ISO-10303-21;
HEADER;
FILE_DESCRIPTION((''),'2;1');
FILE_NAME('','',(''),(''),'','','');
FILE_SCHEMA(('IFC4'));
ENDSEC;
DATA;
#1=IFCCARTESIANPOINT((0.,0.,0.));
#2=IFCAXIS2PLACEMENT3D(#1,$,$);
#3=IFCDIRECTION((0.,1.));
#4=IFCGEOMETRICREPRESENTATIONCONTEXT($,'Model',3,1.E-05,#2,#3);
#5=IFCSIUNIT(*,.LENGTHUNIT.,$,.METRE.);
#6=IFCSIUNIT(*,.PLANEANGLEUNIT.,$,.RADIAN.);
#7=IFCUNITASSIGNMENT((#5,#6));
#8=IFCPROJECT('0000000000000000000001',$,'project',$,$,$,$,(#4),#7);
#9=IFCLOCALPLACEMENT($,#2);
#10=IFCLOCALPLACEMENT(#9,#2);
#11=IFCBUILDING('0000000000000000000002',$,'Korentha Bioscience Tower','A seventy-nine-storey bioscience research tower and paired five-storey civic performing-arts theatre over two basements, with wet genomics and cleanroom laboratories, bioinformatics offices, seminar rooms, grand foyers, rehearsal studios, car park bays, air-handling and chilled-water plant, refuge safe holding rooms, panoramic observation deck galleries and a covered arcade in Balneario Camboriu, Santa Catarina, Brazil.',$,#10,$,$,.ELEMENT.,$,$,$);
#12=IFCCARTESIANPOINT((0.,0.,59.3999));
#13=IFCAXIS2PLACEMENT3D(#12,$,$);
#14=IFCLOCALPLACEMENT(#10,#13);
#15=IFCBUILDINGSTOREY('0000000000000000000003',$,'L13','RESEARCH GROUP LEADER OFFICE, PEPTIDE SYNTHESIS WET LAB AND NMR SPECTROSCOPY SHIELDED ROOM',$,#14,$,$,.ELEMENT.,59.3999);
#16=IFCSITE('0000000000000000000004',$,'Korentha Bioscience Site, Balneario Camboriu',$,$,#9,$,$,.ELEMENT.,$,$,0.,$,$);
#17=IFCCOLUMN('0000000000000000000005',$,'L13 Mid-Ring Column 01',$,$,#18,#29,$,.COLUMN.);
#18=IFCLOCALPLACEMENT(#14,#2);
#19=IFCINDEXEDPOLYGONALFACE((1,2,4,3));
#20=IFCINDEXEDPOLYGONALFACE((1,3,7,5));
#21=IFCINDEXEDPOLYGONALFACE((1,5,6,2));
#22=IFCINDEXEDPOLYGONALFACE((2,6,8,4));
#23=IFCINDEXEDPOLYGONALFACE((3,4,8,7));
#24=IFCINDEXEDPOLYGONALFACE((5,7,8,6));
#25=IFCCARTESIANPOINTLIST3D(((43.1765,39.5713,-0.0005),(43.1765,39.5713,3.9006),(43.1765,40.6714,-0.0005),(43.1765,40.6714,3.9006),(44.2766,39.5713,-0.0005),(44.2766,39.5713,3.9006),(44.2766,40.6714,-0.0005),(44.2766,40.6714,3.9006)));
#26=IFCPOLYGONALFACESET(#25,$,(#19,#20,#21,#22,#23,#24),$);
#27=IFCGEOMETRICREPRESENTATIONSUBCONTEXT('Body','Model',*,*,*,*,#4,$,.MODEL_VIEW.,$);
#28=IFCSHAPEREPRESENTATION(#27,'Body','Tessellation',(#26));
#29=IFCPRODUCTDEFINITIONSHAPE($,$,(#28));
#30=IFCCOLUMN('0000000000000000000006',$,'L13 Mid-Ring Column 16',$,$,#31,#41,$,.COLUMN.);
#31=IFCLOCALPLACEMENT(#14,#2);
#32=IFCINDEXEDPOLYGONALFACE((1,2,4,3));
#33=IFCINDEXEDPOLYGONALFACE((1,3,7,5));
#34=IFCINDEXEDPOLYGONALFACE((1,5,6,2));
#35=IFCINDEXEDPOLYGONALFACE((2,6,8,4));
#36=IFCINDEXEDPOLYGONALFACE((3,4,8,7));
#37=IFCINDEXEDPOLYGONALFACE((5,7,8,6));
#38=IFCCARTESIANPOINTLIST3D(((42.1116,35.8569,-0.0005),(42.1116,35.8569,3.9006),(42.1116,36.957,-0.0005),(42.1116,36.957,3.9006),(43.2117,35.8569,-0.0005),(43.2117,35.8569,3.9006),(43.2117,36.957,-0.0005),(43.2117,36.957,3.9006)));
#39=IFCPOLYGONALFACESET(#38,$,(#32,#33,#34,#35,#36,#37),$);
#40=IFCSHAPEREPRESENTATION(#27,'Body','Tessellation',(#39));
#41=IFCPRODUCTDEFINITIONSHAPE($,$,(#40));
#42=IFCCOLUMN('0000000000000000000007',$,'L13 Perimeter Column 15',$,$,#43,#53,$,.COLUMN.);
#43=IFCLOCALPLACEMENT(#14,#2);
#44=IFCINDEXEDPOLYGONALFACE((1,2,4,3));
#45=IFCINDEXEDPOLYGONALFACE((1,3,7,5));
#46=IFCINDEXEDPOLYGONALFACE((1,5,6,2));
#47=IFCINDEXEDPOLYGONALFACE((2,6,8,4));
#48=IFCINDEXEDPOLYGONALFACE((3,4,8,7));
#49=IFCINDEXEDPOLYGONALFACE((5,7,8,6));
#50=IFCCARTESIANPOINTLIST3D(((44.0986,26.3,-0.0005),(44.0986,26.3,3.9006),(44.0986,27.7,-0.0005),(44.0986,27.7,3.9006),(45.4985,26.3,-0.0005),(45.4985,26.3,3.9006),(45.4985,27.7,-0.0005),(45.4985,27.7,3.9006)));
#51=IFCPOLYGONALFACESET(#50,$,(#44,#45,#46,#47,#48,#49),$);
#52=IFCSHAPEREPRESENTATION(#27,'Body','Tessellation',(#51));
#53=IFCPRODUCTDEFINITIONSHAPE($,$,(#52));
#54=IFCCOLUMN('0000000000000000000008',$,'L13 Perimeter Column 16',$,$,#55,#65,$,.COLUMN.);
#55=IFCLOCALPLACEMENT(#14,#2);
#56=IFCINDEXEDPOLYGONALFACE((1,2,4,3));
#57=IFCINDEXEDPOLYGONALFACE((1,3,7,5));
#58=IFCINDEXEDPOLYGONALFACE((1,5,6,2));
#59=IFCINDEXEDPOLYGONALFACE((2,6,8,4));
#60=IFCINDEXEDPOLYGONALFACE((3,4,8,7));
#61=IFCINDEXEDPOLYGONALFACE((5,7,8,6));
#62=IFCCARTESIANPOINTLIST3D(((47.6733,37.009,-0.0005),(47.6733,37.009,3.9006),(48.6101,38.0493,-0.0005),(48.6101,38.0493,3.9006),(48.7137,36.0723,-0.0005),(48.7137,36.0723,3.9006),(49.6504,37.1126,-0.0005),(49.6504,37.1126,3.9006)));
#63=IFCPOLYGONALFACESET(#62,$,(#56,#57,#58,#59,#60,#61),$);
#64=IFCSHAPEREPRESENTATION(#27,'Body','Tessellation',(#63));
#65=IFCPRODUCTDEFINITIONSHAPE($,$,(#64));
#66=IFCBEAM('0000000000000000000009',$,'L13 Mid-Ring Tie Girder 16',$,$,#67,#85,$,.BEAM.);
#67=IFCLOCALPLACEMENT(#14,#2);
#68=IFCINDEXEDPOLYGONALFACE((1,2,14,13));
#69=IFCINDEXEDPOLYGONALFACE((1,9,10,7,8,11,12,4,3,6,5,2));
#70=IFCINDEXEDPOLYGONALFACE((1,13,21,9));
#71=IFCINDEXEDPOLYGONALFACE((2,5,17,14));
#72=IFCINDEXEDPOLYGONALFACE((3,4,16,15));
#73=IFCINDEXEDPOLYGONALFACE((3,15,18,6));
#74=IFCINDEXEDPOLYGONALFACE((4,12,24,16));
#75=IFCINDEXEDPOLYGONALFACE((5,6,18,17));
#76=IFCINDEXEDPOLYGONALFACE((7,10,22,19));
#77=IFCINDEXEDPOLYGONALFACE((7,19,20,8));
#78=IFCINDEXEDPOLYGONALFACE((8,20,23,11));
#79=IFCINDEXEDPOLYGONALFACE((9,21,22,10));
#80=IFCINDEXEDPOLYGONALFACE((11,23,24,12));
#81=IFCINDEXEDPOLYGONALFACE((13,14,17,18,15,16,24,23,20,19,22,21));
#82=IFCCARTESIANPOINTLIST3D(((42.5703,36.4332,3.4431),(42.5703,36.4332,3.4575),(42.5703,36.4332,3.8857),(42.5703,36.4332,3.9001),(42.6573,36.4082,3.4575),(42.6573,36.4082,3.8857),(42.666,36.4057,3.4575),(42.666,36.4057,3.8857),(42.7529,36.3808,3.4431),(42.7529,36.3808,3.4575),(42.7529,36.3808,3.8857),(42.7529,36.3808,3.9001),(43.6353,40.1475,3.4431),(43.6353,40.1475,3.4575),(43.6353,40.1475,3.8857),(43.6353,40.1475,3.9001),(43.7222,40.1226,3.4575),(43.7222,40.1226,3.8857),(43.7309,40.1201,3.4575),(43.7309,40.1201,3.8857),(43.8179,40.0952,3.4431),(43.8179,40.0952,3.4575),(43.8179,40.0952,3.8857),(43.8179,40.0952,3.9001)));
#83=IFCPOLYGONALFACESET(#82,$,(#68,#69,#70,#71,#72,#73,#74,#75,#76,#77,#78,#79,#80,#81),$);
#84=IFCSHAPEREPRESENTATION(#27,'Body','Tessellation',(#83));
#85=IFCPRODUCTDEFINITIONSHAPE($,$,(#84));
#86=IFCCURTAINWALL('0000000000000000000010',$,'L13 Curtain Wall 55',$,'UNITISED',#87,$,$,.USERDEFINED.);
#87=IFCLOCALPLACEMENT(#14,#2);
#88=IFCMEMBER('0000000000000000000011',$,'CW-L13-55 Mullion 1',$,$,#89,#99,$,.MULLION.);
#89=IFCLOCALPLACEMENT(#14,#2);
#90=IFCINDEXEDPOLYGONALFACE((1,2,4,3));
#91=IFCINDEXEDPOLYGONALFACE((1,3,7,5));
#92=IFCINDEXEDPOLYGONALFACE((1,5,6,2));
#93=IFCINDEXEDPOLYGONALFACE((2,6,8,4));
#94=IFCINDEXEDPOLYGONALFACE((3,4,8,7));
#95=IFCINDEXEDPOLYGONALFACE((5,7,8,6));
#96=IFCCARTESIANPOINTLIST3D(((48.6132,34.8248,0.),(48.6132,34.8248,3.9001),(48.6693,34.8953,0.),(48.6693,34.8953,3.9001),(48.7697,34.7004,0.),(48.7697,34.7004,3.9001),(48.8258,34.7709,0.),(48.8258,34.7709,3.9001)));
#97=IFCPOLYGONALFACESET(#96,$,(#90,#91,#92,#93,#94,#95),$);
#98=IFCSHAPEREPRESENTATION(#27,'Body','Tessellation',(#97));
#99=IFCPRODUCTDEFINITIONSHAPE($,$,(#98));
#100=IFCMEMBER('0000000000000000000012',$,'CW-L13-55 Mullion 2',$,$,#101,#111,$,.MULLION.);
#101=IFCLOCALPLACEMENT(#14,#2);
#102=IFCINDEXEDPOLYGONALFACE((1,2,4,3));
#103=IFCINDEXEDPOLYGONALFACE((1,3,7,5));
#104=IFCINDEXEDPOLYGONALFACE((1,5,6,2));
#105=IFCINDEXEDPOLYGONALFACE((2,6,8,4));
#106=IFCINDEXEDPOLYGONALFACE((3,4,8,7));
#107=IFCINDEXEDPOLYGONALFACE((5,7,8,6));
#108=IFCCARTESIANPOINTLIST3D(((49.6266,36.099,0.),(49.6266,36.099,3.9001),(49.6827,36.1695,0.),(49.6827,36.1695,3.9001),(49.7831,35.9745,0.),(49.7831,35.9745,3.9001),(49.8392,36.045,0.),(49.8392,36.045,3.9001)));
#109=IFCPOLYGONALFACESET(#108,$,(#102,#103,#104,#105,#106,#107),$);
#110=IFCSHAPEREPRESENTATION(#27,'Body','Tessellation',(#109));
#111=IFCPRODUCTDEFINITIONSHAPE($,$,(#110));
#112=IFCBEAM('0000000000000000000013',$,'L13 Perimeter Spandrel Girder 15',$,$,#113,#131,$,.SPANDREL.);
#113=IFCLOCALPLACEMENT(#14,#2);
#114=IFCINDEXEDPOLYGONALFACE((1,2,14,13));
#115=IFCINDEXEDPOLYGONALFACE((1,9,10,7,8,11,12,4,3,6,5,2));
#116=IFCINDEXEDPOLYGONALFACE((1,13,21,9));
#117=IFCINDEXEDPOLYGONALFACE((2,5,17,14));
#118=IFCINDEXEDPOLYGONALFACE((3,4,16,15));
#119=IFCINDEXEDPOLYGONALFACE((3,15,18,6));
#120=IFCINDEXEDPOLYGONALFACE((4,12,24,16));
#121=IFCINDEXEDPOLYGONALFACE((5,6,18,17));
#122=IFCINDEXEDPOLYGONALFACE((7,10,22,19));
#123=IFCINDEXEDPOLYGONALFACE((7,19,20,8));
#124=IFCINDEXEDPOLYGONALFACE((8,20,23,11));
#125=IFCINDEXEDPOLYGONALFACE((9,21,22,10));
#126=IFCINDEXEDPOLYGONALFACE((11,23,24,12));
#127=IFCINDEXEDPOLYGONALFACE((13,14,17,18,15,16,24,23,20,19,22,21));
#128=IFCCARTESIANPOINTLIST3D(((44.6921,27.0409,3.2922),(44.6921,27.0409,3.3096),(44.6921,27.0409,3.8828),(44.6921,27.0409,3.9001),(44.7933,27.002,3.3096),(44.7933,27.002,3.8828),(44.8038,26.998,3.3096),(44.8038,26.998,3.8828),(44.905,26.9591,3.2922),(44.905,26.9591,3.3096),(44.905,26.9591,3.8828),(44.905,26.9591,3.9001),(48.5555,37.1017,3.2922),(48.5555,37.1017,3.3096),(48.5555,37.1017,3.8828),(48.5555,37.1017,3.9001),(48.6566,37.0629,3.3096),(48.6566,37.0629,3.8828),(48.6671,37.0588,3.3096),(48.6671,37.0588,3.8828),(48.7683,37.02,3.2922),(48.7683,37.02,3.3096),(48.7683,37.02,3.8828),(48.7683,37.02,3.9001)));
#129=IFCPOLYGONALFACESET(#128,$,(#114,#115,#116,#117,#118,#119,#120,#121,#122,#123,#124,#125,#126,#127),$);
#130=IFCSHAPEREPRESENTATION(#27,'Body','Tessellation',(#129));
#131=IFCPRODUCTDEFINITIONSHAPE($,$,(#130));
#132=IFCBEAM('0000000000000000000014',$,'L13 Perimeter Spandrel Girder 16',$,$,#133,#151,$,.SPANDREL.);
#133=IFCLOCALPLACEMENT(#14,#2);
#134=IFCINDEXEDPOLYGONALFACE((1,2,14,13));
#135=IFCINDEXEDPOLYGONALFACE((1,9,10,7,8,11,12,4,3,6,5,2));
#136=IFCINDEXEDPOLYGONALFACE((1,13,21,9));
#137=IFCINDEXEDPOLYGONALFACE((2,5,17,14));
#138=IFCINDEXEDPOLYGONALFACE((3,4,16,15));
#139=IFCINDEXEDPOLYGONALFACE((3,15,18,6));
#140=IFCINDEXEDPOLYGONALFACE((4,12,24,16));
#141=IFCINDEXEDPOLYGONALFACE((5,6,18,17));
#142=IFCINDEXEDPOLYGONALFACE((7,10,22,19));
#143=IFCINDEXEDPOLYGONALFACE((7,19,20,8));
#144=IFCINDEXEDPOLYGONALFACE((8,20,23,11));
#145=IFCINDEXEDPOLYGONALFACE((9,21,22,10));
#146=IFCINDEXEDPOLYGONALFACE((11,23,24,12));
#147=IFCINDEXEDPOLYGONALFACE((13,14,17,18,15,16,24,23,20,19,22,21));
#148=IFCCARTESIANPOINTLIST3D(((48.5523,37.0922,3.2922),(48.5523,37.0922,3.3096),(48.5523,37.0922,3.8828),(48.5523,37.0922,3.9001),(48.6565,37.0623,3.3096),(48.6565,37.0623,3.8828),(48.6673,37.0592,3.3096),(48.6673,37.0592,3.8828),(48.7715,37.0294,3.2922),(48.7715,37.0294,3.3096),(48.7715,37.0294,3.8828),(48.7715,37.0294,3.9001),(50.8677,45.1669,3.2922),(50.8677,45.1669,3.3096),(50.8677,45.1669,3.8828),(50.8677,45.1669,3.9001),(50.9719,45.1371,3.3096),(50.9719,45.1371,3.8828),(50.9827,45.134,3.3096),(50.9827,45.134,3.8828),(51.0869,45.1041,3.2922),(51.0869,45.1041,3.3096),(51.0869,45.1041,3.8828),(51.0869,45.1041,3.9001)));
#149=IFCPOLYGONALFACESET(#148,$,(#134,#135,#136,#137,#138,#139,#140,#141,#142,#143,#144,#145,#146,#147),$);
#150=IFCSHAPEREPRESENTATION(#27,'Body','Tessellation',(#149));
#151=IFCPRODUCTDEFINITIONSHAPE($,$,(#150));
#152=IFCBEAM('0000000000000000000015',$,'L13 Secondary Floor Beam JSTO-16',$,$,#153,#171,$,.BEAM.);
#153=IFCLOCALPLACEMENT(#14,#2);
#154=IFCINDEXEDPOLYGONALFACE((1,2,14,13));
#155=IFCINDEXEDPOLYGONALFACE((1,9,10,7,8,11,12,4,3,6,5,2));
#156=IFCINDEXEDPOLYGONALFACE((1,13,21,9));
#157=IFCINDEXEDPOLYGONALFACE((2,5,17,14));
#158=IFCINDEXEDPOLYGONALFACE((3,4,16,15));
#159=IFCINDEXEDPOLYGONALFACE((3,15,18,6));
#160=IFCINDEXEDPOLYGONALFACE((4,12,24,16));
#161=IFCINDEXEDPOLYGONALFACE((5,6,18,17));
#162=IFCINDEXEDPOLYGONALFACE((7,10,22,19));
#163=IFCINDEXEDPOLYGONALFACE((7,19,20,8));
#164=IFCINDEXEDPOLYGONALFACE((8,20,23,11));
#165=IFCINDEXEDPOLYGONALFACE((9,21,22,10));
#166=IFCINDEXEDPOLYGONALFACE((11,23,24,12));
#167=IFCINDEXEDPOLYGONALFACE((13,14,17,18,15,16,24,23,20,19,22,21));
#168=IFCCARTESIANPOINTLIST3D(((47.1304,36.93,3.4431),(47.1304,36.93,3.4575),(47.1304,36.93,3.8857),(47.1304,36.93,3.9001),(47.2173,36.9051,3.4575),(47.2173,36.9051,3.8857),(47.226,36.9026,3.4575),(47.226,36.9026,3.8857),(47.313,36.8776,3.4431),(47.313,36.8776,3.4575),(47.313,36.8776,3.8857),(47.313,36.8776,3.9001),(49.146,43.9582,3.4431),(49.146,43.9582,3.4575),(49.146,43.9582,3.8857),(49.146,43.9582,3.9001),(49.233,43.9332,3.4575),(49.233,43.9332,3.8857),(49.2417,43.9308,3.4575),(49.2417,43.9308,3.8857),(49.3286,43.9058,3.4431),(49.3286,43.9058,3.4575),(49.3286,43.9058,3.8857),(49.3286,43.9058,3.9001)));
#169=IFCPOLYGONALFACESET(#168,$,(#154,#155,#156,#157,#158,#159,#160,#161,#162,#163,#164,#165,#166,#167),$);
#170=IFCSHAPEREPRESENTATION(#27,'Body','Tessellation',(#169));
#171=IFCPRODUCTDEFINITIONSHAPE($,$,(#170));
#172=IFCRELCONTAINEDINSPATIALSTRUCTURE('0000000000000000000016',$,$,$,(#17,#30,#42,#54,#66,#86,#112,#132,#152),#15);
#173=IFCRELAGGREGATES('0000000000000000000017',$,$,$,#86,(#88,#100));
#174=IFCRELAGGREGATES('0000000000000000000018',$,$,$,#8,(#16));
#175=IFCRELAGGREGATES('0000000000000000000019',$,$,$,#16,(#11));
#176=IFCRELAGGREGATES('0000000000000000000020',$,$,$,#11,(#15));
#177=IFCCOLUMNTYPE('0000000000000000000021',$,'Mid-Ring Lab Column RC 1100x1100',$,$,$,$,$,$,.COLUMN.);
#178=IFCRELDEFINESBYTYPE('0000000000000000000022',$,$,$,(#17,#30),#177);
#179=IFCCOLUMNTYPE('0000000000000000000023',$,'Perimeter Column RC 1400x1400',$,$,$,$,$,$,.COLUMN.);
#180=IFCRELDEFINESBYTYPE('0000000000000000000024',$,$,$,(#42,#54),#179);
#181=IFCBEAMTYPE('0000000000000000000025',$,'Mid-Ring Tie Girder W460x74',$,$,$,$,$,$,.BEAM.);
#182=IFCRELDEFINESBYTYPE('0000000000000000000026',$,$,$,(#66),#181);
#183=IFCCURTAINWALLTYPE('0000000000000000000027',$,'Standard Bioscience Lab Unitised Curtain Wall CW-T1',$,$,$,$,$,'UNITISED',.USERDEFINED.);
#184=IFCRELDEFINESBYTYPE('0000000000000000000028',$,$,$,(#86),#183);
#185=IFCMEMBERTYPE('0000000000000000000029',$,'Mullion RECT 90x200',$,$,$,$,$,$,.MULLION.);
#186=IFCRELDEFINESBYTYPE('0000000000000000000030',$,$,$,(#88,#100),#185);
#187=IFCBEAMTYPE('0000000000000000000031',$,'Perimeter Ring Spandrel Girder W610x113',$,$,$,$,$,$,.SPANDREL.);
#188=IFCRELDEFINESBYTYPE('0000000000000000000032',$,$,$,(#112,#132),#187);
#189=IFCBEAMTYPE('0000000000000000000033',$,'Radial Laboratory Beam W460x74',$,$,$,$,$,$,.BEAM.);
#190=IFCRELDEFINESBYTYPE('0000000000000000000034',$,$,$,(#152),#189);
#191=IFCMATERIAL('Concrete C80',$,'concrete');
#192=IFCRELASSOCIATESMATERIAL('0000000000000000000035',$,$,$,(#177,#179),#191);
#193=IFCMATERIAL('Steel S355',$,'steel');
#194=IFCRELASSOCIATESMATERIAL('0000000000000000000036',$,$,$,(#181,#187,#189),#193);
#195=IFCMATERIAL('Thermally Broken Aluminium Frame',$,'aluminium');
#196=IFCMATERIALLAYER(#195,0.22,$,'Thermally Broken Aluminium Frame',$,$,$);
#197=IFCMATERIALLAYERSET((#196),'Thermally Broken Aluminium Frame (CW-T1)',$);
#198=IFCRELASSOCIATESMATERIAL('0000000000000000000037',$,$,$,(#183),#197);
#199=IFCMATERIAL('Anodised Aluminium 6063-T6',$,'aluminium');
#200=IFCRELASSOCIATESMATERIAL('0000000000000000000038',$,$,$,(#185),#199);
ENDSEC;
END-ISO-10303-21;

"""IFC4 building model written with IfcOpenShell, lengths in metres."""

from ifc_helpers import new_model, si_unit, direction, frame, origin, origin_2d, place, context, subcontext, project, spatial, rectangle, i_section, extrude, material, layer, layer_set, material_profile, profile_set, type_object, element, aggregate, save


model = new_model("IFC4")

# Units and contexts
model_context = context("Model", 3, precision=1e-05, world=origin(), true_north=direction((0.0, 1.0)))
body_context = subcontext(model_context, "Body", "Model", "MODEL_VIEW")
ifc_project = project(units=[si_unit("LENGTHUNIT", "METRE"), si_unit("PLANEANGLEUNIT", "RADIAN")], contexts=[model_context])

# Site, building, storey
site_placement = place(None, origin())
site = spatial("IfcSite", under=ifc_project, at=site_placement, Name="Korentha Bioscience Site, Balneario Camboriu", CompositionType="ELEMENT", RefElevation=0.0)
building_placement = place(site_placement, origin())
building = spatial("IfcBuilding", under=site, at=building_placement, Name="Korentha Bioscience Tower", Description="A seventy-nine-storey bioscience research tower and paired five-storey civic performing-arts theatre over two basements, with wet genomics and cleanroom laboratories, bioinformatics offices, seminar rooms, grand foyers, rehearsal studios, car park bays, air-handling and chilled-water plant, refuge safe holding rooms, panoramic observation deck galleries and a covered arcade in Balneario Camboriu, Santa Catarina, Brazil.", CompositionType="ELEMENT")
storey_placement = place(building_placement, frame((0.0, 0.0, 59.3999)))
storey = spatial("IfcBuildingStorey", under=building, at=storey_placement, Name="L13", Description="RESEARCH GROUP LEADER OFFICE, PEPTIDE SYNTHESIS WET LAB AND NMR SPECTROSCOPY SHIELDED ROOM", CompositionType="ELEMENT", Elevation=59.3999)

# Columns
ifc_material_1 = material(Name="Concrete C80", Category="concrete")
ifc_material_profile_1 = material_profile(ifc_material_1, rectangle(XDim=1.1001, YDim=1.1001, at=origin_2d()), Name="Concrete C80")
ifc_profile_set_1 = profile_set([ifc_material_profile_1], Name="Concrete C80 (COL-MR11)")
column_type_1 = type_object("IfcColumnType", Name="Mid-Ring Lab Column RC 1100x1100", PredefinedType="COLUMN", material=ifc_profile_set_1)
for number, where, z_axis, x_axis, name in (
    (1, (43.7266, 40.1213, -0.0005), (0.0, 0.0, 1.0), (1.0, 0.0, 0.0), "L13 Mid-Ring Column 01"),
    (2, (42.6616, 36.407, -0.0005), (0.0, 0.0, 1.0), (1.0, 0.0, 0.0), "L13 Mid-Ring Column 16"),
):
    element("IfcColumn", number, at=place(storey_placement, frame(where, z_axis=z_axis, x_axis=x_axis)), inside=storey, type_object=column_type_1, Name=name, PredefinedType="COLUMN", context=body_context, shape_type="SweptSolid", body=[
        extrude(rectangle(XDim=1.1001, YDim=1.1001, at=origin_2d()), origin(), (0.0, 0.0, 1.0), 3.9011),
    ])
ifc_material_profile_2 = material_profile(ifc_material_1, rectangle(XDim=1.3999, YDim=1.3999, at=origin_2d()), Name="Concrete C80")
ifc_profile_set_2 = profile_set([ifc_material_profile_2], Name="Concrete C80 (COL-P14)")
column_type_2 = type_object("IfcColumnType", Name="Perimeter Column RC 1400x1400", PredefinedType="COLUMN", material=ifc_profile_set_2)
for number, where, z_axis, x_axis, name in (
    (3, (44.7986, 27.0, -0.0005), (0.0, 0.0, 1.0), (0.0, 1.0, 0.0), "L13 Perimeter Column 15"),
    (4, (48.6619, 37.0608, -0.0005), (0.0, 0.0, 1.0), (0.669131, 0.743145, 0.0), "L13 Perimeter Column 16"),
):
    element("IfcColumn", number, at=place(storey_placement, frame(where, z_axis=z_axis, x_axis=x_axis)), inside=storey, type_object=column_type_2, Name=name, PredefinedType="COLUMN", context=body_context, shape_type="SweptSolid", body=[
        extrude(rectangle(XDim=1.3999, YDim=1.3999, at=origin_2d()), origin(), (0.0, 0.0, 1.0), 3.9011),
    ])

# Beam
ifc_material_2 = material(Name="Steel S355", Category="steel")
ifc_material_profile_3 = material_profile(ifc_material_2, i_section(OverallWidth=0.1899, OverallDepth=0.457, WebThickness=0.009, FlangeThickness=0.0144, at=origin_2d()), Name="Steel S355")
ifc_profile_set_3 = profile_set([ifc_material_profile_3], Name="Steel S355 (MB-460)")
beam_type_1 = type_object("IfcBeamType", Name="Mid-Ring Tie Girder W460x74", PredefinedType="BEAM", material=ifc_profile_set_3)
beam_1_placement = place(storey_placement, frame((42.6616, 36.407, 3.6716), z_axis=(0.275606, 0.961271, 0.0), x_axis=(-0.961271, 0.275606, 0.0)))
element("IfcBeam", 5, at=beam_1_placement, inside=storey, type_object=beam_type_1, Name="L13 Mid-Ring Tie Girder 16", PredefinedType="BEAM", context=body_context, shape_type="SweptSolid", body=[
    extrude(i_section(OverallWidth=0.1899, OverallDepth=0.457, WebThickness=0.009, FlangeThickness=0.0144, at=origin_2d()), origin(), (0.0, 0.0, 1.0), 3.864),
])

# Curtain wall, members
ifc_material_3 = material(Name="Thermally Broken Aluminium Frame", Category="aluminium")
ifc_layer_1 = layer(ifc_material_3, 0.22, Name="Thermally Broken Aluminium Frame")
ifc_layer_set_1 = layer_set([ifc_layer_1], Name="Thermally Broken Aluminium Frame (CW-T1)")
curtain_wall_type = type_object("IfcCurtainWallType", Name="Standard Bioscience Lab Unitised Curtain Wall CW-T1", ElementType="UNITISED", PredefinedType="USERDEFINED", material=ifc_layer_set_1)
curtain_wall_placement = place(storey_placement, origin())
curtain_wall = element("IfcCurtainWall", 6, at=curtain_wall_placement, inside=storey, type_object=curtain_wall_type, Name="L13 Curtain Wall 55", ObjectType="UNITISED", PredefinedType="USERDEFINED")
ifc_material_4 = material(Name="Anodised Aluminium 6063-T6", Category="aluminium")
ifc_material_profile_4 = material_profile(ifc_material_4, rectangle(XDim=0.0901, YDim=0.2, at=origin_2d()), Name="Anodised Aluminium 6063-T6")
ifc_profile_set_4 = profile_set([ifc_material_profile_4], Name="Anodised Aluminium 6063-T6 (CW-MUL)")
member_type_1 = type_object("IfcMemberType", Name="Mullion RECT 90x200", PredefinedType="MULLION", material=ifc_profile_set_4)
member_1_placement = place(storey_placement, frame((48.7195, 34.7979, 0.0), z_axis=(0.0, 0.0, 1.0), x_axis=(0.62252, 0.782604, 0.0)))
member_1 = element("IfcMember", 7, at=member_1_placement, type_object=member_type_1, Name="CW-L13-55 Mullion 1", PredefinedType="MULLION", context=body_context, shape_type="SweptSolid", body=[
    extrude(rectangle(XDim=0.0901, YDim=0.2, at=origin_2d()), origin(), (0.0, 0.0, 1.0), 3.9001),
])
member_2_placement = place(storey_placement, frame((49.7329, 36.072, 0.0), z_axis=(0.0, 0.0, 1.0), x_axis=(0.62252, 0.782604, 0.0)))
member_2 = element("IfcMember", 8, at=member_2_placement, type_object=member_type_1, Name="CW-L13-55 Mullion 2", PredefinedType="MULLION", context=body_context, shape_type="SweptSolid", body=[
    extrude(rectangle(XDim=0.0901, YDim=0.2, at=origin_2d()), origin(), (0.0, 0.0, 1.0), 3.9001),
])

# Beams
ifc_material_profile_5 = material_profile(ifc_material_2, i_section(OverallWidth=0.228, OverallDepth=0.6079, WebThickness=0.0112, FlangeThickness=0.0173, at=origin_2d()), Name="Steel S355")
ifc_profile_set_5 = profile_set([ifc_material_profile_5], Name="Steel S355 (SB-610)")
beam_type_2 = type_object("IfcBeamType", Name="Perimeter Ring Spandrel Girder W610x113", PredefinedType="SPANDREL", material=ifc_profile_set_5)
beam_2_placement = place(storey_placement, frame((44.7986, 27.0, 3.5962), z_axis=(0.358474, 0.93354, 0.0), x_axis=(-0.93354, 0.358474, 0.0)))
element("IfcBeam", 9, at=beam_2_placement, inside=storey, type_object=beam_type_2, Name="L13 Perimeter Spandrel Girder 15", PredefinedType="SPANDREL", context=body_context, shape_type="SweptSolid", body=[
    extrude(i_section(OverallWidth=0.228, OverallDepth=0.6079, WebThickness=0.0112, FlangeThickness=0.0173, at=origin_2d()), origin(), (0.0, 0.0, 1.0), 10.7771),
])
beam_3_placement = place(storey_placement, frame((48.6619, 37.0608, 3.5962), z_axis=(0.275642, 0.96126, 0.0), x_axis=(-0.96126, 0.275642, 0.0)))
element("IfcBeam", 10, at=beam_3_placement, inside=storey, type_object=beam_type_2, Name="L13 Perimeter Spandrel Girder 16", PredefinedType="SPANDREL", context=body_context, shape_type="SweptSolid", body=[
    extrude(i_section(OverallWidth=0.228, OverallDepth=0.6079, WebThickness=0.0112, FlangeThickness=0.0173, at=origin_2d()), origin(), (0.0, 0.0, 1.0), 8.4001),
])
ifc_material_profile_6 = material_profile(ifc_material_2, i_section(OverallWidth=0.1899, OverallDepth=0.457, WebThickness=0.009, FlangeThickness=0.0144, at=origin_2d()), Name="Steel S355")
ifc_profile_set_6 = profile_set([ifc_material_profile_6], Name="Steel S355 (RB-460)")
beam_type_3 = type_object("IfcBeamType", Name="Radial Laboratory Beam W460x74", PredefinedType="BEAM", material=ifc_profile_set_6)
beam_4_placement = place(storey_placement, frame((47.2217, 36.9038, 3.6716), z_axis=(0.275682, 0.961249, 0.0), x_axis=(-0.961249, 0.275682, 0.0)))
element("IfcBeam", 11, at=beam_4_placement, inside=storey, type_object=beam_type_3, Name="L13 Secondary Floor Beam JSTO-16", PredefinedType="BEAM", context=body_context, shape_type="SweptSolid", body=[
    extrude(i_section(OverallWidth=0.1899, OverallDepth=0.457, WebThickness=0.009, FlangeThickness=0.0144, at=origin_2d()), origin(), (0.0, 0.0, 1.0), 7.3115),
])

aggregate(curtain_wall, [member_1, member_2])

save(model, "model.ifc")
